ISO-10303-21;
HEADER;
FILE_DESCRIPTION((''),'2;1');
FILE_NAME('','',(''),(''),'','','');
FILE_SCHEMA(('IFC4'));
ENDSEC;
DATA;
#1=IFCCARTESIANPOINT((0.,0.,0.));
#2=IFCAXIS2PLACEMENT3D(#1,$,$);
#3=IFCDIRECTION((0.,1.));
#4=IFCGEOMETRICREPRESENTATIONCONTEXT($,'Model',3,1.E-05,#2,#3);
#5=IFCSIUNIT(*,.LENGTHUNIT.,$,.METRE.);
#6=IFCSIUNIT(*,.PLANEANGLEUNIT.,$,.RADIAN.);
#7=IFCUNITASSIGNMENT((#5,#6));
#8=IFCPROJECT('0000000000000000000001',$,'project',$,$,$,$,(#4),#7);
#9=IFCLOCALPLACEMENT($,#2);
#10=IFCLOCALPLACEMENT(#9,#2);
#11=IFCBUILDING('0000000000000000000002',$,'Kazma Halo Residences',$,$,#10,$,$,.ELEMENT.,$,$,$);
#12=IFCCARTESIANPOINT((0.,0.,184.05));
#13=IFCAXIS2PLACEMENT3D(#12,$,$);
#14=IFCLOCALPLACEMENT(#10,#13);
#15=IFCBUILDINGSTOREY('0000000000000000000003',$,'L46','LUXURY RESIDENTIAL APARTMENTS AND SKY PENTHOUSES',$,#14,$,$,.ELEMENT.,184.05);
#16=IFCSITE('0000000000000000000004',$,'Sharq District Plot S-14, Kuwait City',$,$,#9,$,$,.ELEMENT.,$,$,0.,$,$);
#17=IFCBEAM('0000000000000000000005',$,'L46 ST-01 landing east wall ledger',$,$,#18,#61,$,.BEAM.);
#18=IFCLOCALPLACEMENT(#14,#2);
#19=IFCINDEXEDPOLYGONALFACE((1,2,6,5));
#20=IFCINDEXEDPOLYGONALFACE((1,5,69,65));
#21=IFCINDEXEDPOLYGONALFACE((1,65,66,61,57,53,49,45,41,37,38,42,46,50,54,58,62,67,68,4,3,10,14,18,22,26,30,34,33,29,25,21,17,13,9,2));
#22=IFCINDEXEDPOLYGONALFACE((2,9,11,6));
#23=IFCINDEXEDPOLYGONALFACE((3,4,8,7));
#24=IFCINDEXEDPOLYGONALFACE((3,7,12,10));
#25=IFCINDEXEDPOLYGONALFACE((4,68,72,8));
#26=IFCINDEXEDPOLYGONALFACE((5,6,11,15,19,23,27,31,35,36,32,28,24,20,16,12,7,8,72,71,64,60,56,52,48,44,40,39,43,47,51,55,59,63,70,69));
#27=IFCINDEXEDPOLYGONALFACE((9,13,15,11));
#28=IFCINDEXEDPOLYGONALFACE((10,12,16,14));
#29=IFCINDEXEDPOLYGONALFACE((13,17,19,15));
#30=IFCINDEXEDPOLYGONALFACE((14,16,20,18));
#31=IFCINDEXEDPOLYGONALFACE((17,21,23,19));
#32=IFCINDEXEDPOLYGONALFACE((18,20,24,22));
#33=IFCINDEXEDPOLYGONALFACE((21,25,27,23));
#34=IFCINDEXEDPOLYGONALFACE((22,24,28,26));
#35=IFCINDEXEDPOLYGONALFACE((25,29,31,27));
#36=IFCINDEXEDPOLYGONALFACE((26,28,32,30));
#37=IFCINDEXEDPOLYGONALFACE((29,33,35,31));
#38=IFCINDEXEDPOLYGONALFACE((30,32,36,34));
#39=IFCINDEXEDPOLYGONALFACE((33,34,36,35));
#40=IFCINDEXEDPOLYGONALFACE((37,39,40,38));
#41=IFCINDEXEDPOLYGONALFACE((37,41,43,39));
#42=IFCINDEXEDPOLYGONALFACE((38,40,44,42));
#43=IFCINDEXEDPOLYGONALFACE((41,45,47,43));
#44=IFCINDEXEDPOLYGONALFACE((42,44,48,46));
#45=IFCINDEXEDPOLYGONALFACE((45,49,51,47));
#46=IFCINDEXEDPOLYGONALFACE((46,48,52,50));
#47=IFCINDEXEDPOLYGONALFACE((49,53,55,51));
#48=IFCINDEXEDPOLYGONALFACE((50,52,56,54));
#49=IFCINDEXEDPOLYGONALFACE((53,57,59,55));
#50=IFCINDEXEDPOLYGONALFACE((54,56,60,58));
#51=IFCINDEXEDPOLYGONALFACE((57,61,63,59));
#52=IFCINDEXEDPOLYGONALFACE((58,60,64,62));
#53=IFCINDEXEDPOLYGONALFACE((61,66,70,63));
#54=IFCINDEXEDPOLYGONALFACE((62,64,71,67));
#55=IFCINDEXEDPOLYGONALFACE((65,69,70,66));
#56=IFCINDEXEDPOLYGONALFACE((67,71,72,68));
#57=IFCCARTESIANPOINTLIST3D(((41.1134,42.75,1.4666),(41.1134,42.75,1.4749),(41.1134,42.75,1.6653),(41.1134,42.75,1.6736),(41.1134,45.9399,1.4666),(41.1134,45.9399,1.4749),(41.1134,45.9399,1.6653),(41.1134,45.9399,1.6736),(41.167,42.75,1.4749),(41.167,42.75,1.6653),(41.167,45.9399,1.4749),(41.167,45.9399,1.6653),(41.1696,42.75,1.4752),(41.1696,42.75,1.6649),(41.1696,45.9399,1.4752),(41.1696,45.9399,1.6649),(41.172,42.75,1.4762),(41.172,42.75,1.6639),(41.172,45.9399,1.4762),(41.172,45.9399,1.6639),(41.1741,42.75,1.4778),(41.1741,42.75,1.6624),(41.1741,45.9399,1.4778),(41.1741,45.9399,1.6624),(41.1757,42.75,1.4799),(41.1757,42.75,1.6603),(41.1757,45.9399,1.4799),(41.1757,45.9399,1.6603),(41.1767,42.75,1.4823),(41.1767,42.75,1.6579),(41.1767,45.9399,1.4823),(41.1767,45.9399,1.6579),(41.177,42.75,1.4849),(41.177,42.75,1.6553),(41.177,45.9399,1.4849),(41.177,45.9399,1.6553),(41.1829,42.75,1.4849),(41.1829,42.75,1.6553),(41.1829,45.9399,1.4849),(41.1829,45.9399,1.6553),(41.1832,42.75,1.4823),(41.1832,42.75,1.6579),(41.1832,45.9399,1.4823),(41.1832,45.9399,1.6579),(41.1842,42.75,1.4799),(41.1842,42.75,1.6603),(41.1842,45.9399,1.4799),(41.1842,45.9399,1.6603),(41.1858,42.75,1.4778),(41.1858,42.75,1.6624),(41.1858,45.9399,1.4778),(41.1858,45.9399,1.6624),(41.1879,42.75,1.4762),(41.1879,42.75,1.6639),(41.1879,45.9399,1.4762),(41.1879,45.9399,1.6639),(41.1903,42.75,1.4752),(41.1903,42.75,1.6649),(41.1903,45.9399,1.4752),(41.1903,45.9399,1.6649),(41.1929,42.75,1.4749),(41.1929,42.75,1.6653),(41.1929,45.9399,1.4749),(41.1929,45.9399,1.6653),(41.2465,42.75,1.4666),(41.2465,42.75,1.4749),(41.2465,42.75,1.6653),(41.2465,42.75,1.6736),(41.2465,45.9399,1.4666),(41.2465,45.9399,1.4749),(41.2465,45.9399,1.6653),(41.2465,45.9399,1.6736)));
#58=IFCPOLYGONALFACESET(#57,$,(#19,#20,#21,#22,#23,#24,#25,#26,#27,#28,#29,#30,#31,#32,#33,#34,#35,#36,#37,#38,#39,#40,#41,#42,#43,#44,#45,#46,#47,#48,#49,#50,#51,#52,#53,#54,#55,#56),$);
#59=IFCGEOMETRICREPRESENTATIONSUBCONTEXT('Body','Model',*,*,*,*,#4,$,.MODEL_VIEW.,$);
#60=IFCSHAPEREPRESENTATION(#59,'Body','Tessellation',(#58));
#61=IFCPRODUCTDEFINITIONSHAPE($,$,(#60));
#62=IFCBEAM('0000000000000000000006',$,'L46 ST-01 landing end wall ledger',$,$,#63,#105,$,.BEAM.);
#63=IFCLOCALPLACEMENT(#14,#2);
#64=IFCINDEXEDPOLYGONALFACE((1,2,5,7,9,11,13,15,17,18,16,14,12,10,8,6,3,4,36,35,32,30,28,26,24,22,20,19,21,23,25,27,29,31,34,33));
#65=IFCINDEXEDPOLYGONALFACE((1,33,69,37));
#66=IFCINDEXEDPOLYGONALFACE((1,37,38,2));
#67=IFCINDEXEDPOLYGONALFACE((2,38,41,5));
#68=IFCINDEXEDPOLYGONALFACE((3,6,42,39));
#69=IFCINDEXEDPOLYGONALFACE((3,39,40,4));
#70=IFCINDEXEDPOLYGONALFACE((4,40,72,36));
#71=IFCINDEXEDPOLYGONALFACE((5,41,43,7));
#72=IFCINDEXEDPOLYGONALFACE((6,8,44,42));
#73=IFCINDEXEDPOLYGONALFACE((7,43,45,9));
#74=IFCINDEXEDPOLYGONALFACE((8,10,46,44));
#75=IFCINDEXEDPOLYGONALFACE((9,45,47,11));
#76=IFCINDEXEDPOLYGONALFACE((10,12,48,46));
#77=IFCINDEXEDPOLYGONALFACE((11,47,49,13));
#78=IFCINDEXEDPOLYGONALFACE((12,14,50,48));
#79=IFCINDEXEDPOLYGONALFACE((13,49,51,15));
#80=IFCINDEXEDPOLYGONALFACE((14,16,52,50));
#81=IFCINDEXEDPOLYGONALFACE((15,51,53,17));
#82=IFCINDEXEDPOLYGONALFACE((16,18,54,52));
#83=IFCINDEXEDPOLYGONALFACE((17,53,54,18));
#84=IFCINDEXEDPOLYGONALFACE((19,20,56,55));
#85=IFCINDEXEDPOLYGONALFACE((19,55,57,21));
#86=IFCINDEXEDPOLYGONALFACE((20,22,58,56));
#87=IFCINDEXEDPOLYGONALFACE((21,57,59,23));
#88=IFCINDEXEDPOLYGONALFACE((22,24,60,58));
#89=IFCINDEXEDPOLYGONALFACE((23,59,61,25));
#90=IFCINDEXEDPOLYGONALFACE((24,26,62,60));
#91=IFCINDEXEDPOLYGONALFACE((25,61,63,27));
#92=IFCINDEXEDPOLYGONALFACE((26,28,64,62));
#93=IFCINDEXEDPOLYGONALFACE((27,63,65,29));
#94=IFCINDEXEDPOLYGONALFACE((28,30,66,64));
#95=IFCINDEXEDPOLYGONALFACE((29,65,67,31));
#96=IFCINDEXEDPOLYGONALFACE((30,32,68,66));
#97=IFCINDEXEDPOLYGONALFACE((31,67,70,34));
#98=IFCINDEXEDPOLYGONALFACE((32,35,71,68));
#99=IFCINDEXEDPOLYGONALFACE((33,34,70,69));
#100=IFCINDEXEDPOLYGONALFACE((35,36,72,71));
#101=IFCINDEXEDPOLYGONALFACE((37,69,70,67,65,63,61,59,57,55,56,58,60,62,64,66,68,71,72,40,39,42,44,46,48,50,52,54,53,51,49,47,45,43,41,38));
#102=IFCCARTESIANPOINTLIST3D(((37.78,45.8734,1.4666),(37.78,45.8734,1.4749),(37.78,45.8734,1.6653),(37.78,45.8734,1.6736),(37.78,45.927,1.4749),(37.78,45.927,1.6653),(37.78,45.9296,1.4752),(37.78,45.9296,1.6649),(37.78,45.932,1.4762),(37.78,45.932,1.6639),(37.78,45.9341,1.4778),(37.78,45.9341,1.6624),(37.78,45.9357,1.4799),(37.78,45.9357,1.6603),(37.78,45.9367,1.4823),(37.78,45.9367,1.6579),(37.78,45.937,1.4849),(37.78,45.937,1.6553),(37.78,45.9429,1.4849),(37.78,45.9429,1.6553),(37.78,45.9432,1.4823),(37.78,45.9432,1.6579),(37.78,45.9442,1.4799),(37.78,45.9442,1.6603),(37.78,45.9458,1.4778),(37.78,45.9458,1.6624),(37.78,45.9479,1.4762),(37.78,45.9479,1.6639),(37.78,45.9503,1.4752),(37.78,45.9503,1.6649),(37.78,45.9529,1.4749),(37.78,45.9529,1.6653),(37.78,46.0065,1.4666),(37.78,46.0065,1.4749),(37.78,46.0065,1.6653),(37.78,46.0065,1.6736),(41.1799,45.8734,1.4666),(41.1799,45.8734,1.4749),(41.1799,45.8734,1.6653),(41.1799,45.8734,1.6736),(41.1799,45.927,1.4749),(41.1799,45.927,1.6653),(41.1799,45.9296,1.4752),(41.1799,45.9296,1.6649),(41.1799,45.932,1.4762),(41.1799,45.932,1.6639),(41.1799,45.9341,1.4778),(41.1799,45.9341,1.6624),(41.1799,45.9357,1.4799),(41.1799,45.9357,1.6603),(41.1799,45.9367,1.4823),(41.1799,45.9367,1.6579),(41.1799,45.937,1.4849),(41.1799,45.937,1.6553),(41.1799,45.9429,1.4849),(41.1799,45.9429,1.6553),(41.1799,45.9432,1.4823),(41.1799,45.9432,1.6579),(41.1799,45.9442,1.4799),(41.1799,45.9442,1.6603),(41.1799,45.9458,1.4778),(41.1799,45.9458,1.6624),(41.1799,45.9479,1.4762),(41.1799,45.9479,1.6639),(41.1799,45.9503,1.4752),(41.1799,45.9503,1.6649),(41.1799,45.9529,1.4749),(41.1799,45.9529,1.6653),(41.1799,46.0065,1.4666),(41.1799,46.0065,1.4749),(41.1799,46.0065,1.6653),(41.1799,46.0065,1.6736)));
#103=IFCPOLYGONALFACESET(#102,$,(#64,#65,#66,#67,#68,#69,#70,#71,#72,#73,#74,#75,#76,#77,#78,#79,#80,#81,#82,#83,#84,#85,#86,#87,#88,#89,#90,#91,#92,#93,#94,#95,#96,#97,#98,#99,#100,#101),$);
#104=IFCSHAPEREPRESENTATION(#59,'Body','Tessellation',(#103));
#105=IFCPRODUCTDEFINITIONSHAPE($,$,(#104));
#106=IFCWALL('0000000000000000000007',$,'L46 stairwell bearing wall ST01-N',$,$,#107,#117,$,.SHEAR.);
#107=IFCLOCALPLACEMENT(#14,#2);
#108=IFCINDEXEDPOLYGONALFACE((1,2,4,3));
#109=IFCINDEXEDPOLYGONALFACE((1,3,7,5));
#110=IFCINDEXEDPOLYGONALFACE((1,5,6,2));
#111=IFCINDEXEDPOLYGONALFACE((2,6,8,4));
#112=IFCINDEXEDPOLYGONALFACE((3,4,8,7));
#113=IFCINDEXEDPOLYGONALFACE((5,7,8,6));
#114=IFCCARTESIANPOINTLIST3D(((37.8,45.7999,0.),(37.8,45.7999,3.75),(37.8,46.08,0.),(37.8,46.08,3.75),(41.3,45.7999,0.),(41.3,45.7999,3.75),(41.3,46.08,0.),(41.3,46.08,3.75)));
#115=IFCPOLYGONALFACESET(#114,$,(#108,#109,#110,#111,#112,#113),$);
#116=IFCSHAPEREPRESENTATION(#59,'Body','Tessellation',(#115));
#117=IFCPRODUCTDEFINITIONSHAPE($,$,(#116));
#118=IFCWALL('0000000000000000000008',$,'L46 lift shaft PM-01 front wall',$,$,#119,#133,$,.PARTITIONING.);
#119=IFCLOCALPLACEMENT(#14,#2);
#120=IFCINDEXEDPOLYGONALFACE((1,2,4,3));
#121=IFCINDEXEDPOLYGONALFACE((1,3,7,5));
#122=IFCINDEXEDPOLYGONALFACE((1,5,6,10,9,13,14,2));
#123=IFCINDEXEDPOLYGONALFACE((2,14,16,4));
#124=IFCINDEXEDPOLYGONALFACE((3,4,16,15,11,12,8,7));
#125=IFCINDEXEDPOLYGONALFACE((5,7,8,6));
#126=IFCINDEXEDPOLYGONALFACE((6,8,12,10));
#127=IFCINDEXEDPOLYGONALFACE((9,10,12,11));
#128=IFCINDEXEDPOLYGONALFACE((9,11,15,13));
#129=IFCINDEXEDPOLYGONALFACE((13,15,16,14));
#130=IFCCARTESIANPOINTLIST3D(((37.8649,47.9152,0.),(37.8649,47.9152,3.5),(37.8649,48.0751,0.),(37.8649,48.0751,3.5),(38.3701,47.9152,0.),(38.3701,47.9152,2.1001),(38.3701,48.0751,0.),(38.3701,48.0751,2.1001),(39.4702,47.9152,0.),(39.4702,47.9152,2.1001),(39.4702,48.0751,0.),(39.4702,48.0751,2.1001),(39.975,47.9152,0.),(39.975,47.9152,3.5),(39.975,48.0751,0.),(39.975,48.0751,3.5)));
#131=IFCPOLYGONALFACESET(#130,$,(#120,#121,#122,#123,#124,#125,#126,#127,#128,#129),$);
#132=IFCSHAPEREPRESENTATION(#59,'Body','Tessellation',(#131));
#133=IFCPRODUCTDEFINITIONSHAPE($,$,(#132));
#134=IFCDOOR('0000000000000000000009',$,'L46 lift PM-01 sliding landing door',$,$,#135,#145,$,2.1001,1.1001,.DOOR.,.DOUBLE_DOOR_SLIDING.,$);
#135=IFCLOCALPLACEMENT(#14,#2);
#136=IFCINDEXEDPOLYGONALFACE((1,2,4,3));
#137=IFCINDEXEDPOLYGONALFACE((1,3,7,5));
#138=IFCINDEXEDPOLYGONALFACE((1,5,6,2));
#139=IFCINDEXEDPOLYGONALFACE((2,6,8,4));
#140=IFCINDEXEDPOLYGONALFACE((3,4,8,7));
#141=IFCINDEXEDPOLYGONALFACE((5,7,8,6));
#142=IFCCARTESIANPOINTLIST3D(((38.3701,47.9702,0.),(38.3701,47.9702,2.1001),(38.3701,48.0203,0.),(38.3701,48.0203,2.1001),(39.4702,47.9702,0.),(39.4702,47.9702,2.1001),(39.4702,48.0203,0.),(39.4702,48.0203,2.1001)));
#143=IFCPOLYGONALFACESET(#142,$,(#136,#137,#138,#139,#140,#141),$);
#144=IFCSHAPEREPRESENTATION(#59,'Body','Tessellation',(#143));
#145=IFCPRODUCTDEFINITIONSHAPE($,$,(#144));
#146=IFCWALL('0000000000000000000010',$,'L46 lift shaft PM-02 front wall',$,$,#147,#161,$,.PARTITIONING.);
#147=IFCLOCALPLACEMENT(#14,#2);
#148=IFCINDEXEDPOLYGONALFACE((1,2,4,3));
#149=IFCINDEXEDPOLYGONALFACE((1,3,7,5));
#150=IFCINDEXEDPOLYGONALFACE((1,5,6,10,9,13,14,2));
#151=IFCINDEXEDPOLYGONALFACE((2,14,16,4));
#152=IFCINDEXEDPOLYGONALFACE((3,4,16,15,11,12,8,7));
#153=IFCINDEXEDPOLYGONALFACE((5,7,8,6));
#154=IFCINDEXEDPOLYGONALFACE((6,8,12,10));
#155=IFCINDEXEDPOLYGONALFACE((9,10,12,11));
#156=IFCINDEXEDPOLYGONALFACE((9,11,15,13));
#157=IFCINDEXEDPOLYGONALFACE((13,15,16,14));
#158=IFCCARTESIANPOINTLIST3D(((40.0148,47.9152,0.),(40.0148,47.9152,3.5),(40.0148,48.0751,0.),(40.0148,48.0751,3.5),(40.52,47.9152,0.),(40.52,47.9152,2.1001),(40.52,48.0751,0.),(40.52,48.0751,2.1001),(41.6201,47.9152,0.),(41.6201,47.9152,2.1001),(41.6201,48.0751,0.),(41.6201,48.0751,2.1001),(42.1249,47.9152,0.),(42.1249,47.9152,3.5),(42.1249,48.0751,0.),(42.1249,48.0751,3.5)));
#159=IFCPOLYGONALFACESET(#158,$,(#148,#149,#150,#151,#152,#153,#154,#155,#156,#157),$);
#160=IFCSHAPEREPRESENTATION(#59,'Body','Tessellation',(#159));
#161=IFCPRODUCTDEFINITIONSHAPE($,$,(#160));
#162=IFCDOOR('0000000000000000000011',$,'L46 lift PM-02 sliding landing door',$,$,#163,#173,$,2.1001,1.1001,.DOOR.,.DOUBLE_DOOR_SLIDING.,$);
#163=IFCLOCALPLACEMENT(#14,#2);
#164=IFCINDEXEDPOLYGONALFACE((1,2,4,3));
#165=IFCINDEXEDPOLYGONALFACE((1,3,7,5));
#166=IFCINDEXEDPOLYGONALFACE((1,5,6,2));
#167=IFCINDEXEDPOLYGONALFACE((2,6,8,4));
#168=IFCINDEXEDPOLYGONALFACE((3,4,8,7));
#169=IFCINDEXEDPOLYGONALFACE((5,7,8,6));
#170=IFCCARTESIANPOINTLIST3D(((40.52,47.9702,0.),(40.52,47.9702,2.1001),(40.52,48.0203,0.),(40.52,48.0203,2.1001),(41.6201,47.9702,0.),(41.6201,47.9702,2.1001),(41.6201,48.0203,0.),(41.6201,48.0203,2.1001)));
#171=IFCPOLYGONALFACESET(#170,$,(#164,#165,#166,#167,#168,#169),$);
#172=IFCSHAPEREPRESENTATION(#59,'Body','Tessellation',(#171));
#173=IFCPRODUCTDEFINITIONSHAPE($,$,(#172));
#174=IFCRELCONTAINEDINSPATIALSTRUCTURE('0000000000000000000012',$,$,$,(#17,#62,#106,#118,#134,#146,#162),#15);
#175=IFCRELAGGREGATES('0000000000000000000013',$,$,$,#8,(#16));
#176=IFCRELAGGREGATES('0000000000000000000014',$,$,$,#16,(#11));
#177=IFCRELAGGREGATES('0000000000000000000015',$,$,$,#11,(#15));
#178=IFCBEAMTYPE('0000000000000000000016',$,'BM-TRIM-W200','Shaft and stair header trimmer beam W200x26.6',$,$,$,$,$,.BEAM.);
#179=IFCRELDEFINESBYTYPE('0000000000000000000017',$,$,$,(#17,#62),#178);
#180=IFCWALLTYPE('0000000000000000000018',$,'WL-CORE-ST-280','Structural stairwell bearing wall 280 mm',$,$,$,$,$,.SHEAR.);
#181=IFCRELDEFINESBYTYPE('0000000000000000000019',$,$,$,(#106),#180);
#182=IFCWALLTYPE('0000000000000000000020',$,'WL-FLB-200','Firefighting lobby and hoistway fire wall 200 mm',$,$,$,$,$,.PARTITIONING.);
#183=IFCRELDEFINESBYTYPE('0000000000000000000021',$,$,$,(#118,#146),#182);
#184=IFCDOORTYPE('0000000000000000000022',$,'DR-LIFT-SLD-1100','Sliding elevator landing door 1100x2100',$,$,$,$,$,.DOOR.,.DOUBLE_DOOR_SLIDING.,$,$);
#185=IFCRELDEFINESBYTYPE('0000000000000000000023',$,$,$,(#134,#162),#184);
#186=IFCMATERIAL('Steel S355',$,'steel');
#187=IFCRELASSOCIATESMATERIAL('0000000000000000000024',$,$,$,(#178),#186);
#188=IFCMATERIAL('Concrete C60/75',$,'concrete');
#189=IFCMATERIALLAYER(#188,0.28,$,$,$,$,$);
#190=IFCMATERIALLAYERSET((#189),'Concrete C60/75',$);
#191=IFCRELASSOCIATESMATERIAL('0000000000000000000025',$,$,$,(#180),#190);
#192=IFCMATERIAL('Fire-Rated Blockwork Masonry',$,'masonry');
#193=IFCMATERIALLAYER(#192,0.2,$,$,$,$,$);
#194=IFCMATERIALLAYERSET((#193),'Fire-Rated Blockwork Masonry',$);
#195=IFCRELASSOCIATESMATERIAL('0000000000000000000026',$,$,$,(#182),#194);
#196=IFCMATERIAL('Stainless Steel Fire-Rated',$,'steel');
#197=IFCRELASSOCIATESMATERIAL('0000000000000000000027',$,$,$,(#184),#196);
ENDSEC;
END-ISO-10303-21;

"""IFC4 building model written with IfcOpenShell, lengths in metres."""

from ifc_helpers import new_model, si_unit, direction, frame, frame_2d, origin, origin_2d, place, context, subcontext, project, spatial, rectangle, i_section, extrude, material, layer, layer_set, material_profile, profile_set, type_object, element, fill, save


model = new_model("IFC4")

# Units and contexts
model_context = context("Model", 3, precision=1e-05, world=origin(), true_north=direction((0.0, 1.0)))
body_context = subcontext(model_context, "Body", "Model", "MODEL_VIEW")
ifc_project = project(units=[si_unit("LENGTHUNIT", "METRE"), si_unit("PLANEANGLEUNIT", "RADIAN")], contexts=[model_context])

# Site, building, storey
site_placement = place(None, origin())
site = spatial("IfcSite", under=ifc_project, at=site_placement, Name="Sharq District Plot S-14, Kuwait City", CompositionType="ELEMENT", RefElevation=0.0)
building_placement = place(site_placement, origin())
building = spatial("IfcBuilding", under=site, at=building_placement, Name="Kazma Halo Residences", CompositionType="ELEMENT")
storey_placement = place(building_placement, frame((0.0, 0.0, 184.05)))
storey = spatial("IfcBuildingStorey", under=building, at=storey_placement, Name="L46", Description="LUXURY RESIDENTIAL APARTMENTS AND SKY PENTHOUSES", CompositionType="ELEMENT", Elevation=184.05)

# Shared definitions
ifc_material_1 = material(Name="Steel S355", Category="steel")

# Beams
ifc_material_profile_1 = material_profile(ifc_material_1, i_section(OverallWidth=0.1331, OverallDepth=0.207, WebThickness=0.0059, FlangeThickness=0.0083, FilletRadius=0.01, at=origin_2d()), Name="W200x26.6")
ifc_profile_set_1 = profile_set([ifc_material_profile_1], Name="Steel S355")
beam_type_1 = type_object("IfcBeamType", Name="BM-TRIM-W200", Description="Shaft and stair header trimmer beam W200x26.6", PredefinedType="BEAM", material=ifc_profile_set_1)
beam_1_placement = place(storey_placement, frame((41.1799, 42.75, 1.5701), z_axis=(0.0, 1.0, 0.0), x_axis=(-1.0, 0.0, 0.0)))
element("IfcBeam", 1, at=beam_1_placement, inside=storey, type_object=beam_type_1, Name="L46 ST-01 landing east wall ledger", PredefinedType="BEAM", context=body_context, shape_type="SweptSolid", body=[
    extrude(i_section(OverallWidth=0.1331, OverallDepth=0.207, WebThickness=0.0059, FlangeThickness=0.0083, FilletRadius=0.01, at=origin_2d()), origin(), (0.0, 0.0, 1.0), 3.1899),
])
beam_2_placement = place(storey_placement, frame((37.78, 45.9399, 1.5701), z_axis=(1.0, 0.0, 0.0), x_axis=(0.0, 1.0, 0.0)))
element("IfcBeam", 2, at=beam_2_placement, inside=storey, type_object=beam_type_1, Name="L46 ST-01 landing end wall ledger", PredefinedType="BEAM", context=body_context, shape_type="SweptSolid", body=[
    extrude(i_section(OverallWidth=0.1331, OverallDepth=0.207, WebThickness=0.0059, FlangeThickness=0.0083, FilletRadius=0.01, at=origin_2d()), origin(), (0.0, 0.0, 1.0), 3.3999),
])

# Wall
ifc_material_2 = material(Name="Concrete C60/75", Category="concrete")
ifc_layer_1 = layer(ifc_material_2, 0.28)
ifc_layer_set_1 = layer_set([ifc_layer_1], Name="Concrete C60/75")
wall_type_1 = type_object("IfcWallType", Name="WL-CORE-ST-280", Description="Structural stairwell bearing wall 280 mm", PredefinedType="SHEAR", material=ifc_layer_set_1)
wall_1_placement = place(storey_placement, frame((37.8, 45.9399, 0.0), z_axis=(0.0, 0.0, 1.0), x_axis=(1.0, 0.0, 0.0)))
element("IfcWall", 3, at=wall_1_placement, inside=storey, type_object=wall_type_1, Name="L46 stairwell bearing wall ST01-N", PredefinedType="SHEAR", context=body_context, shape_type="SweptSolid", body=[
    extrude(rectangle(XDim=3.5, YDim=0.28, at=frame_2d((1.75, 0.0))), origin(), (0.0, 0.0, 1.0), 3.75),
])

# Walls, openings, doors
ifc_material_3 = material(Name="Fire-Rated Blockwork Masonry", Category="masonry")
ifc_layer_2 = layer(ifc_material_3, 0.2)
ifc_layer_set_2 = layer_set([ifc_layer_2], Name="Fire-Rated Blockwork Masonry")
wall_type_2 = type_object("IfcWallType", Name="WL-FLB-200", Description="Firefighting lobby and hoistway fire wall 200 mm", PredefinedType="PARTITIONING", material=ifc_layer_set_2)
wall_2_placement = place(storey_placement, frame((39.9751, 47.9951, 0.0), z_axis=(0.0, 0.0, 1.0), x_axis=(-1.0, 0.0, 0.0)))
wall_2 = element("IfcWall", 4, at=wall_2_placement, inside=storey, type_object=wall_type_2, Name="L46 lift shaft PM-01 front wall", PredefinedType="PARTITIONING", context=body_context, shape_type="SweptSolid", body=[
    extrude(rectangle(XDim=2.1101, YDim=0.1599, at=frame_2d((1.0552, 0.0))), origin(), (0.0, 0.0, 1.0), 3.5),
])
opening_1_placement = place(wall_2_placement, frame((0.5049, 0.0, 0.0)))
opening_1 = element("IfcOpeningElement", 5, at=opening_1_placement, cuts=wall_2, PredefinedType="OPENING", context=body_context, shape_type="SweptSolid", body=[
    extrude(rectangle(XDim=1.1001, YDim=2.1001, at=frame_2d((0.55, 1.05))), frame((0.0, 0.0898, 0.0), z_axis=(0.0, -1.0, 0.0), x_axis=(1.0, 0.0, 0.0)), (0.0, 0.0, 1.0), 0.1799),
])
ifc_material_4 = material(Name="Stainless Steel Fire-Rated", Category="steel")
door_type = type_object("IfcDoorType", Name="DR-LIFT-SLD-1100", Description="Sliding elevator landing door 1100x2100", OperationType="DOUBLE_DOOR_SLIDING", PredefinedType="DOOR", material=ifc_material_4)
door_1_placement = place(opening_1_placement, origin())
door_1 = element("IfcDoor", 6, at=door_1_placement, inside=storey, type_object=door_type, Name="L46 lift PM-01 sliding landing door", OperationType="DOUBLE_DOOR_SLIDING", OverallHeight=2.1001, OverallWidth=1.1001, PredefinedType="DOOR", context=body_context, shape_type="SweptSolid", body=[
    extrude(rectangle(XDim=1.1001, YDim=2.1001, at=frame_2d((0.55, 1.05))), frame((0.0, 0.0249, 0.0), z_axis=(0.0, -1.0, 0.0), x_axis=(1.0, 0.0, 0.0)), (0.0, 0.0, 1.0), 0.05),
])
fill(opening_1, door_1)
wall_3_placement = place(storey_placement, frame((42.125, 47.9951, 0.0), z_axis=(0.0, 0.0, 1.0), x_axis=(-1.0, 0.0, 0.0)))
wall_3 = element("IfcWall", 7, at=wall_3_placement, inside=storey, type_object=wall_type_2, Name="L46 lift shaft PM-02 front wall", PredefinedType="PARTITIONING", context=body_context, shape_type="SweptSolid", body=[
    extrude(rectangle(XDim=2.1101, YDim=0.1599, at=frame_2d((1.0552, 0.0))), origin(), (0.0, 0.0, 1.0), 3.5),
])
opening_2_placement = place(wall_3_placement, frame((0.5049, 0.0, 0.0)))
opening_2 = element("IfcOpeningElement", 8, at=opening_2_placement, cuts=wall_3, PredefinedType="OPENING", context=body_context, shape_type="SweptSolid", body=[
    extrude(rectangle(XDim=1.1001, YDim=2.1001, at=frame_2d((0.55, 1.05))), frame((0.0, 0.0898, 0.0), z_axis=(0.0, -1.0, 0.0), x_axis=(1.0, 0.0, 0.0)), (0.0, 0.0, 1.0), 0.1799),
])
door_2_placement = place(opening_2_placement, origin())
door_2 = element("IfcDoor", 9, at=door_2_placement, inside=storey, type_object=door_type, Name="L46 lift PM-02 sliding landing door", OperationType="DOUBLE_DOOR_SLIDING", OverallHeight=2.1001, OverallWidth=1.1001, PredefinedType="DOOR", context=body_context, shape_type="SweptSolid", body=[
    extrude(rectangle(XDim=1.1001, YDim=2.1001, at=frame_2d((0.55, 1.05))), frame((0.0, 0.0249, 0.0), z_axis=(0.0, -1.0, 0.0), x_axis=(1.0, 0.0, 0.0)), (0.0, 0.0, 1.0), 0.05),
])
fill(opening_2, door_2)

save(model, "model.ifc")
